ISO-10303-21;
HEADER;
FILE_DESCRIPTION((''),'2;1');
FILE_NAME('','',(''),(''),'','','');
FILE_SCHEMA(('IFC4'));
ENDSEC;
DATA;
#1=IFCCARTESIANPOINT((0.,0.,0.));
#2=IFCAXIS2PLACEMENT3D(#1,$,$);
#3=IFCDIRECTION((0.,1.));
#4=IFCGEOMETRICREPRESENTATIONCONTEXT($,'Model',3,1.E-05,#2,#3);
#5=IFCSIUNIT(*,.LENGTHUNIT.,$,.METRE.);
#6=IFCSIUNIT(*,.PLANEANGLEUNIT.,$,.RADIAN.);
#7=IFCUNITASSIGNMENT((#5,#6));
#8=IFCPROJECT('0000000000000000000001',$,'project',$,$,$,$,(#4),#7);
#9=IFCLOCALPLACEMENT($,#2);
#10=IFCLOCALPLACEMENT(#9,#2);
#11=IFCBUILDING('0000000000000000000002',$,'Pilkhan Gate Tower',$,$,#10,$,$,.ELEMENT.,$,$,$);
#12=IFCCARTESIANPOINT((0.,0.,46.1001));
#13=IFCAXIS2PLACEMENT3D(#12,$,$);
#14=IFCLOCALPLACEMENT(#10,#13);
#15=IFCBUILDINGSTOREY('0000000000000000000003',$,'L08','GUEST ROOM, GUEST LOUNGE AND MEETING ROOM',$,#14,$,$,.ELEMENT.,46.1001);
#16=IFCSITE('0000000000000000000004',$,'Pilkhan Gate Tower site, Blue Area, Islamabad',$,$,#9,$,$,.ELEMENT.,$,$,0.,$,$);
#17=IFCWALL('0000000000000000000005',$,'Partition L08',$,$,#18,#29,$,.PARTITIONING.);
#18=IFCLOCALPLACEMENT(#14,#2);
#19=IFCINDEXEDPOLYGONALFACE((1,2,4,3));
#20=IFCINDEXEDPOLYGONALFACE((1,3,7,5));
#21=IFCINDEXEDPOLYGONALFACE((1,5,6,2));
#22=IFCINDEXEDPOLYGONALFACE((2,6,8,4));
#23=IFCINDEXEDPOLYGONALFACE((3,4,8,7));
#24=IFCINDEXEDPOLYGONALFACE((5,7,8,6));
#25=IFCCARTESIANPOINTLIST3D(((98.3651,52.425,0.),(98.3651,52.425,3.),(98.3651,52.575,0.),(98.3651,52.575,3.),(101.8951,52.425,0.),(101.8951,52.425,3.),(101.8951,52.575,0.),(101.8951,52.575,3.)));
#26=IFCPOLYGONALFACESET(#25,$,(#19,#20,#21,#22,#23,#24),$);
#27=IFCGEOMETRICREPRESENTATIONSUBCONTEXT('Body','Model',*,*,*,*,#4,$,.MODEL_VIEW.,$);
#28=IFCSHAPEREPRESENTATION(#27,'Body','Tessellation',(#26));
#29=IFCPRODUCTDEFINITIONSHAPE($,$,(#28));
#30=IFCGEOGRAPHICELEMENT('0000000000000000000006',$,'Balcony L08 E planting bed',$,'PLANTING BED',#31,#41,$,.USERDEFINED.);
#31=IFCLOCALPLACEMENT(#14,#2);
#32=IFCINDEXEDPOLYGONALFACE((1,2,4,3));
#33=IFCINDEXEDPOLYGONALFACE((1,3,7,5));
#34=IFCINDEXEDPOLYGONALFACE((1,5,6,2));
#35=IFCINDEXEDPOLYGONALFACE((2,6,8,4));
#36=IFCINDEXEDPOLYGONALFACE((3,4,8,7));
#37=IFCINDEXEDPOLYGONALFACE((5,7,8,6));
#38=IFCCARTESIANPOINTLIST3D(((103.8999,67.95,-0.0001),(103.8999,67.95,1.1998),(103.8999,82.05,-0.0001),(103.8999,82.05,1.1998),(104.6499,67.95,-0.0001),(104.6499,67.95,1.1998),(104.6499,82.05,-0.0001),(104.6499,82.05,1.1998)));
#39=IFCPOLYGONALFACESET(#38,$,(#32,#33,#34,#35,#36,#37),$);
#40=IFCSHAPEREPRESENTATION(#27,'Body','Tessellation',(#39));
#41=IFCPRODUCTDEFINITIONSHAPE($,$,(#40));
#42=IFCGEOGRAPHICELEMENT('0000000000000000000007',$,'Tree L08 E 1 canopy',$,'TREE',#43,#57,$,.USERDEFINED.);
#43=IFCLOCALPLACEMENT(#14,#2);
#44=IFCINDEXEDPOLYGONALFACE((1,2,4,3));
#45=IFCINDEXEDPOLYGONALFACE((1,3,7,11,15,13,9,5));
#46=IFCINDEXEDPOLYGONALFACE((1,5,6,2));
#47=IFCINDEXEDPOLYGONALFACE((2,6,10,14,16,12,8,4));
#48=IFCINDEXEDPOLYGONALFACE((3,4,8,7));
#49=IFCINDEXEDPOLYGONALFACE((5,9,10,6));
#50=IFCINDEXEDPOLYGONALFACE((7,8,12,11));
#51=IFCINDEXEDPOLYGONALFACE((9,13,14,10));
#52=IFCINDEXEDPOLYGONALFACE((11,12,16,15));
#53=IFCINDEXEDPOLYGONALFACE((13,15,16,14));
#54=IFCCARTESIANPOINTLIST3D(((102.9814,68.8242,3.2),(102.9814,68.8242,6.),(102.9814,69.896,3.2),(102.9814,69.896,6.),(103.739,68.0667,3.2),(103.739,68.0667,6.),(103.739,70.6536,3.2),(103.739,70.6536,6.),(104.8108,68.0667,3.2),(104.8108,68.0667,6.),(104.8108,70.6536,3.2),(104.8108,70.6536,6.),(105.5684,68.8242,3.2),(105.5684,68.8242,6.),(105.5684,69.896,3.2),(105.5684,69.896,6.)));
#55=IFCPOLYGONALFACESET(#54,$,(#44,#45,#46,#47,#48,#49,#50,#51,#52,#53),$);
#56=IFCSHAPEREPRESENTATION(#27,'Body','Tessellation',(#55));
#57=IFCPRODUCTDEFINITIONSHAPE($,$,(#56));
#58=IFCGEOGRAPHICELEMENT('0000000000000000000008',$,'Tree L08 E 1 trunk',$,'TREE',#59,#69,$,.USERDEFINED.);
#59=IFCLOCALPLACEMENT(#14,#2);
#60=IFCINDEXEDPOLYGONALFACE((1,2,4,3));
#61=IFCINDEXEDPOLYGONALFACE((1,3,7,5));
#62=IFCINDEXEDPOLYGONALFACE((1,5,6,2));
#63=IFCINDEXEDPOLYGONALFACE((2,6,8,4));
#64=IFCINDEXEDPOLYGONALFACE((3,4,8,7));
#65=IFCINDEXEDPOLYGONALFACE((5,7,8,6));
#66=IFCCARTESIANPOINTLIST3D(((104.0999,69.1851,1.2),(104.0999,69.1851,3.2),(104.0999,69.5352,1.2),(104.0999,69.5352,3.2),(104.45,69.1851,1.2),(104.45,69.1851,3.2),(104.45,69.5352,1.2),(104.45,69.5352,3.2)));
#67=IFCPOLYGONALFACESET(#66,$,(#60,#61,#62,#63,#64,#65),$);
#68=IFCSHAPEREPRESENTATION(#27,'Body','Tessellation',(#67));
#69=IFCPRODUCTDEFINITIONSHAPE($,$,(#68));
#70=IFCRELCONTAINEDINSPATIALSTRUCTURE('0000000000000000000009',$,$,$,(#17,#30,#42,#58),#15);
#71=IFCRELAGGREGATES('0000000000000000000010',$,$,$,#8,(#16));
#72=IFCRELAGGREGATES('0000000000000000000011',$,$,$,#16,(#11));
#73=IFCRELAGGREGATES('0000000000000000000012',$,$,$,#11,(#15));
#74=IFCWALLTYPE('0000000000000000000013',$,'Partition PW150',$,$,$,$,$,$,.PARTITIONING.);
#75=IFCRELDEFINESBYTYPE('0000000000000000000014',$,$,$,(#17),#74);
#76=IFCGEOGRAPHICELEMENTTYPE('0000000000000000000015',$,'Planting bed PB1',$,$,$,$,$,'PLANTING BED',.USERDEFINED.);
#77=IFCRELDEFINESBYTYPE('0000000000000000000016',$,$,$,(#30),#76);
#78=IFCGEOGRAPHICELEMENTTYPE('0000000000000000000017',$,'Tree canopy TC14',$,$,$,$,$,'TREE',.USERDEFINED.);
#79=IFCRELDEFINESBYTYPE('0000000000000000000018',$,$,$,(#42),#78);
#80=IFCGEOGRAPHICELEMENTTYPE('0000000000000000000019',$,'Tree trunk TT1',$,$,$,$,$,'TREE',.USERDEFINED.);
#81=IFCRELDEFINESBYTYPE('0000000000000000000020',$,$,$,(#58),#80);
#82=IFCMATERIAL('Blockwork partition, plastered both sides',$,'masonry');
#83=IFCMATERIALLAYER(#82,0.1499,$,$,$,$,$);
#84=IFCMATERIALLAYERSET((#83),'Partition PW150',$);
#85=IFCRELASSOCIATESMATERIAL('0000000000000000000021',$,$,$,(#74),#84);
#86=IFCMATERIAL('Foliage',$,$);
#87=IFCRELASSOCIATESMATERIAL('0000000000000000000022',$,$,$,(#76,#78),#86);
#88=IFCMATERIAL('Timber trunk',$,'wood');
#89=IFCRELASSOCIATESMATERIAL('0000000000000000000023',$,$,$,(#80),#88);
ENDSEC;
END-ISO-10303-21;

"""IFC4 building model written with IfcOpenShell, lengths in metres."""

from ifc_helpers import new_model, si_unit, direction, frame, frame_2d, origin, origin_2d, place, context, subcontext, project, spatial, polyline, rectangle, outline, extrude, material, layer, layer_set, material_profile, profile_set, type_object, element, save


model = new_model("IFC4")

# Units and contexts
model_context = context("Model", 3, precision=1e-05, world=origin(), true_north=direction((0.0, 1.0)))
body_context = subcontext(model_context, "Body", "Model", "MODEL_VIEW")
ifc_project = project(units=[si_unit("LENGTHUNIT", "METRE"), si_unit("PLANEANGLEUNIT", "RADIAN")], contexts=[model_context])

# Site, building, storey
site_placement = place(None, origin())
site = spatial("IfcSite", under=ifc_project, at=site_placement, Name="Pilkhan Gate Tower site, Blue Area, Islamabad", CompositionType="ELEMENT", RefElevation=0.0)
building_placement = place(site_placement, origin())
building = spatial("IfcBuilding", under=site, at=building_placement, Name="Pilkhan Gate Tower", CompositionType="ELEMENT")
storey_placement = place(building_placement, frame((0.0, 0.0, 46.1001)))
storey = spatial("IfcBuildingStorey", under=building, at=storey_placement, Name="L08", Description="GUEST ROOM, GUEST LOUNGE AND MEETING ROOM", CompositionType="ELEMENT", Elevation=46.1001)

# Wall
ifc_material_1 = material(Name="Blockwork partition, plastered both sides", Category="masonry")
ifc_layer_1 = layer(ifc_material_1, 0.1499)
ifc_layer_set_1 = layer_set([ifc_layer_1], Name="Partition PW150")
wall_type_1 = type_object("IfcWallType", Name="Partition PW150", PredefinedType="PARTITIONING", material=ifc_layer_set_1)
wall_1_placement = place(storey_placement, frame((98.365, 52.5, 0.0), z_axis=(0.0, 0.0, 1.0), x_axis=(1.0, 0.0, 0.0)))
element("IfcWall", 1, at=wall_1_placement, inside=storey, type_object=wall_type_1, Name="Partition L08", PredefinedType="PARTITIONING", context=body_context, shape_type="SweptSolid", body=[
    extrude(rectangle(XDim=3.53, YDim=0.1499, at=frame_2d((1.7651, 0.0))), origin(), (0.0, 0.0, 1.0), 3.0),
])

# Geographic elements
ifc_material_2 = material(Name="Foliage")
ifc_material_profile_1 = material_profile(ifc_material_2, rectangle(XDim=0.75, YDim=1.2, at=origin_2d()), Name="Bed 750x1200")
ifc_profile_set_1 = profile_set([ifc_material_profile_1], Name="Foliage")
geographic_element_type_1 = type_object("IfcGeographicElementType", Name="Planting bed PB1", ElementType="PLANTING BED", PredefinedType="USERDEFINED", material=ifc_profile_set_1)
geographic_element_1_placement = place(storey_placement, frame((104.2749, 67.95, 0.5999), z_axis=(0.0, 1.0, 0.0), x_axis=(-1.0, 0.0, 0.0)))
element("IfcGeographicElement", 2, at=geographic_element_1_placement, inside=storey, type_object=geographic_element_type_1, Name="Balcony L08 E planting bed", ObjectType="PLANTING BED", PredefinedType="USERDEFINED", context=body_context, shape_type="SweptSolid", body=[
    extrude(rectangle(XDim=0.75, YDim=1.2, at=origin_2d()), origin(), (0.0, 0.0, 1.0), 14.1001),
])
ifc_material_profile_2 = material_profile(ifc_material_2, outline(polyline([(1.2935, 0.5359), (0.5359, 1.2935), (-0.5359, 1.2935), (-1.2935, 0.5359), (-1.2935, -0.5359), (-0.5359, -1.2935), (0.5359, -1.2935), (1.2935, -0.5359), (1.2935, 0.5359)])), Name="Canopy D2.8")
ifc_profile_set_2 = profile_set([ifc_material_profile_2], Name="Foliage")
geographic_element_type_2 = type_object("IfcGeographicElementType", Name="Tree canopy TC14", ElementType="TREE", PredefinedType="USERDEFINED", material=ifc_profile_set_2)
geographic_element_2_placement = place(storey_placement, frame((104.2749, 69.3601, 3.2), z_axis=(0.0, 0.0, 1.0), x_axis=(1.0, 0.0, 0.0)))
element("IfcGeographicElement", 3, at=geographic_element_2_placement, inside=storey, type_object=geographic_element_type_2, Name="Tree L08 E 1 canopy", ObjectType="TREE", PredefinedType="USERDEFINED", context=body_context, shape_type="SweptSolid", body=[
    extrude(outline(polyline([(1.2935, 0.5359), (0.5359, 1.2935), (-0.5359, 1.2935), (-1.2935, 0.5359), (-1.2935, -0.5359), (-0.5359, -1.2935), (0.5359, -1.2935), (1.2935, -0.5359), (1.2935, 0.5359)])), origin(), (0.0, 0.0, 1.0), 2.8),
])
ifc_material_3 = material(Name="Timber trunk", Category="wood")
geographic_element_type_3 = type_object("IfcGeographicElementType", Name="Tree trunk TT1", ElementType="TREE", PredefinedType="USERDEFINED", material=ifc_material_3)
geographic_element_3_placement = place(storey_placement, frame((104.2749, 69.3601, 1.2), z_axis=(0.0, 0.0, 1.0), x_axis=(1.0, 0.0, 0.0)))
element("IfcGeographicElement", 4, at=geographic_element_3_placement, inside=storey, type_object=geographic_element_type_3, Name="Tree L08 E 1 trunk", ObjectType="TREE", PredefinedType="USERDEFINED", context=body_context, shape_type="SweptSolid", body=[
    extrude(rectangle(XDim=0.3501, YDim=0.3501, at=origin_2d()), origin(), (0.0, 0.0, 1.0), 2.0),
])

save(model, "model.ifc")
